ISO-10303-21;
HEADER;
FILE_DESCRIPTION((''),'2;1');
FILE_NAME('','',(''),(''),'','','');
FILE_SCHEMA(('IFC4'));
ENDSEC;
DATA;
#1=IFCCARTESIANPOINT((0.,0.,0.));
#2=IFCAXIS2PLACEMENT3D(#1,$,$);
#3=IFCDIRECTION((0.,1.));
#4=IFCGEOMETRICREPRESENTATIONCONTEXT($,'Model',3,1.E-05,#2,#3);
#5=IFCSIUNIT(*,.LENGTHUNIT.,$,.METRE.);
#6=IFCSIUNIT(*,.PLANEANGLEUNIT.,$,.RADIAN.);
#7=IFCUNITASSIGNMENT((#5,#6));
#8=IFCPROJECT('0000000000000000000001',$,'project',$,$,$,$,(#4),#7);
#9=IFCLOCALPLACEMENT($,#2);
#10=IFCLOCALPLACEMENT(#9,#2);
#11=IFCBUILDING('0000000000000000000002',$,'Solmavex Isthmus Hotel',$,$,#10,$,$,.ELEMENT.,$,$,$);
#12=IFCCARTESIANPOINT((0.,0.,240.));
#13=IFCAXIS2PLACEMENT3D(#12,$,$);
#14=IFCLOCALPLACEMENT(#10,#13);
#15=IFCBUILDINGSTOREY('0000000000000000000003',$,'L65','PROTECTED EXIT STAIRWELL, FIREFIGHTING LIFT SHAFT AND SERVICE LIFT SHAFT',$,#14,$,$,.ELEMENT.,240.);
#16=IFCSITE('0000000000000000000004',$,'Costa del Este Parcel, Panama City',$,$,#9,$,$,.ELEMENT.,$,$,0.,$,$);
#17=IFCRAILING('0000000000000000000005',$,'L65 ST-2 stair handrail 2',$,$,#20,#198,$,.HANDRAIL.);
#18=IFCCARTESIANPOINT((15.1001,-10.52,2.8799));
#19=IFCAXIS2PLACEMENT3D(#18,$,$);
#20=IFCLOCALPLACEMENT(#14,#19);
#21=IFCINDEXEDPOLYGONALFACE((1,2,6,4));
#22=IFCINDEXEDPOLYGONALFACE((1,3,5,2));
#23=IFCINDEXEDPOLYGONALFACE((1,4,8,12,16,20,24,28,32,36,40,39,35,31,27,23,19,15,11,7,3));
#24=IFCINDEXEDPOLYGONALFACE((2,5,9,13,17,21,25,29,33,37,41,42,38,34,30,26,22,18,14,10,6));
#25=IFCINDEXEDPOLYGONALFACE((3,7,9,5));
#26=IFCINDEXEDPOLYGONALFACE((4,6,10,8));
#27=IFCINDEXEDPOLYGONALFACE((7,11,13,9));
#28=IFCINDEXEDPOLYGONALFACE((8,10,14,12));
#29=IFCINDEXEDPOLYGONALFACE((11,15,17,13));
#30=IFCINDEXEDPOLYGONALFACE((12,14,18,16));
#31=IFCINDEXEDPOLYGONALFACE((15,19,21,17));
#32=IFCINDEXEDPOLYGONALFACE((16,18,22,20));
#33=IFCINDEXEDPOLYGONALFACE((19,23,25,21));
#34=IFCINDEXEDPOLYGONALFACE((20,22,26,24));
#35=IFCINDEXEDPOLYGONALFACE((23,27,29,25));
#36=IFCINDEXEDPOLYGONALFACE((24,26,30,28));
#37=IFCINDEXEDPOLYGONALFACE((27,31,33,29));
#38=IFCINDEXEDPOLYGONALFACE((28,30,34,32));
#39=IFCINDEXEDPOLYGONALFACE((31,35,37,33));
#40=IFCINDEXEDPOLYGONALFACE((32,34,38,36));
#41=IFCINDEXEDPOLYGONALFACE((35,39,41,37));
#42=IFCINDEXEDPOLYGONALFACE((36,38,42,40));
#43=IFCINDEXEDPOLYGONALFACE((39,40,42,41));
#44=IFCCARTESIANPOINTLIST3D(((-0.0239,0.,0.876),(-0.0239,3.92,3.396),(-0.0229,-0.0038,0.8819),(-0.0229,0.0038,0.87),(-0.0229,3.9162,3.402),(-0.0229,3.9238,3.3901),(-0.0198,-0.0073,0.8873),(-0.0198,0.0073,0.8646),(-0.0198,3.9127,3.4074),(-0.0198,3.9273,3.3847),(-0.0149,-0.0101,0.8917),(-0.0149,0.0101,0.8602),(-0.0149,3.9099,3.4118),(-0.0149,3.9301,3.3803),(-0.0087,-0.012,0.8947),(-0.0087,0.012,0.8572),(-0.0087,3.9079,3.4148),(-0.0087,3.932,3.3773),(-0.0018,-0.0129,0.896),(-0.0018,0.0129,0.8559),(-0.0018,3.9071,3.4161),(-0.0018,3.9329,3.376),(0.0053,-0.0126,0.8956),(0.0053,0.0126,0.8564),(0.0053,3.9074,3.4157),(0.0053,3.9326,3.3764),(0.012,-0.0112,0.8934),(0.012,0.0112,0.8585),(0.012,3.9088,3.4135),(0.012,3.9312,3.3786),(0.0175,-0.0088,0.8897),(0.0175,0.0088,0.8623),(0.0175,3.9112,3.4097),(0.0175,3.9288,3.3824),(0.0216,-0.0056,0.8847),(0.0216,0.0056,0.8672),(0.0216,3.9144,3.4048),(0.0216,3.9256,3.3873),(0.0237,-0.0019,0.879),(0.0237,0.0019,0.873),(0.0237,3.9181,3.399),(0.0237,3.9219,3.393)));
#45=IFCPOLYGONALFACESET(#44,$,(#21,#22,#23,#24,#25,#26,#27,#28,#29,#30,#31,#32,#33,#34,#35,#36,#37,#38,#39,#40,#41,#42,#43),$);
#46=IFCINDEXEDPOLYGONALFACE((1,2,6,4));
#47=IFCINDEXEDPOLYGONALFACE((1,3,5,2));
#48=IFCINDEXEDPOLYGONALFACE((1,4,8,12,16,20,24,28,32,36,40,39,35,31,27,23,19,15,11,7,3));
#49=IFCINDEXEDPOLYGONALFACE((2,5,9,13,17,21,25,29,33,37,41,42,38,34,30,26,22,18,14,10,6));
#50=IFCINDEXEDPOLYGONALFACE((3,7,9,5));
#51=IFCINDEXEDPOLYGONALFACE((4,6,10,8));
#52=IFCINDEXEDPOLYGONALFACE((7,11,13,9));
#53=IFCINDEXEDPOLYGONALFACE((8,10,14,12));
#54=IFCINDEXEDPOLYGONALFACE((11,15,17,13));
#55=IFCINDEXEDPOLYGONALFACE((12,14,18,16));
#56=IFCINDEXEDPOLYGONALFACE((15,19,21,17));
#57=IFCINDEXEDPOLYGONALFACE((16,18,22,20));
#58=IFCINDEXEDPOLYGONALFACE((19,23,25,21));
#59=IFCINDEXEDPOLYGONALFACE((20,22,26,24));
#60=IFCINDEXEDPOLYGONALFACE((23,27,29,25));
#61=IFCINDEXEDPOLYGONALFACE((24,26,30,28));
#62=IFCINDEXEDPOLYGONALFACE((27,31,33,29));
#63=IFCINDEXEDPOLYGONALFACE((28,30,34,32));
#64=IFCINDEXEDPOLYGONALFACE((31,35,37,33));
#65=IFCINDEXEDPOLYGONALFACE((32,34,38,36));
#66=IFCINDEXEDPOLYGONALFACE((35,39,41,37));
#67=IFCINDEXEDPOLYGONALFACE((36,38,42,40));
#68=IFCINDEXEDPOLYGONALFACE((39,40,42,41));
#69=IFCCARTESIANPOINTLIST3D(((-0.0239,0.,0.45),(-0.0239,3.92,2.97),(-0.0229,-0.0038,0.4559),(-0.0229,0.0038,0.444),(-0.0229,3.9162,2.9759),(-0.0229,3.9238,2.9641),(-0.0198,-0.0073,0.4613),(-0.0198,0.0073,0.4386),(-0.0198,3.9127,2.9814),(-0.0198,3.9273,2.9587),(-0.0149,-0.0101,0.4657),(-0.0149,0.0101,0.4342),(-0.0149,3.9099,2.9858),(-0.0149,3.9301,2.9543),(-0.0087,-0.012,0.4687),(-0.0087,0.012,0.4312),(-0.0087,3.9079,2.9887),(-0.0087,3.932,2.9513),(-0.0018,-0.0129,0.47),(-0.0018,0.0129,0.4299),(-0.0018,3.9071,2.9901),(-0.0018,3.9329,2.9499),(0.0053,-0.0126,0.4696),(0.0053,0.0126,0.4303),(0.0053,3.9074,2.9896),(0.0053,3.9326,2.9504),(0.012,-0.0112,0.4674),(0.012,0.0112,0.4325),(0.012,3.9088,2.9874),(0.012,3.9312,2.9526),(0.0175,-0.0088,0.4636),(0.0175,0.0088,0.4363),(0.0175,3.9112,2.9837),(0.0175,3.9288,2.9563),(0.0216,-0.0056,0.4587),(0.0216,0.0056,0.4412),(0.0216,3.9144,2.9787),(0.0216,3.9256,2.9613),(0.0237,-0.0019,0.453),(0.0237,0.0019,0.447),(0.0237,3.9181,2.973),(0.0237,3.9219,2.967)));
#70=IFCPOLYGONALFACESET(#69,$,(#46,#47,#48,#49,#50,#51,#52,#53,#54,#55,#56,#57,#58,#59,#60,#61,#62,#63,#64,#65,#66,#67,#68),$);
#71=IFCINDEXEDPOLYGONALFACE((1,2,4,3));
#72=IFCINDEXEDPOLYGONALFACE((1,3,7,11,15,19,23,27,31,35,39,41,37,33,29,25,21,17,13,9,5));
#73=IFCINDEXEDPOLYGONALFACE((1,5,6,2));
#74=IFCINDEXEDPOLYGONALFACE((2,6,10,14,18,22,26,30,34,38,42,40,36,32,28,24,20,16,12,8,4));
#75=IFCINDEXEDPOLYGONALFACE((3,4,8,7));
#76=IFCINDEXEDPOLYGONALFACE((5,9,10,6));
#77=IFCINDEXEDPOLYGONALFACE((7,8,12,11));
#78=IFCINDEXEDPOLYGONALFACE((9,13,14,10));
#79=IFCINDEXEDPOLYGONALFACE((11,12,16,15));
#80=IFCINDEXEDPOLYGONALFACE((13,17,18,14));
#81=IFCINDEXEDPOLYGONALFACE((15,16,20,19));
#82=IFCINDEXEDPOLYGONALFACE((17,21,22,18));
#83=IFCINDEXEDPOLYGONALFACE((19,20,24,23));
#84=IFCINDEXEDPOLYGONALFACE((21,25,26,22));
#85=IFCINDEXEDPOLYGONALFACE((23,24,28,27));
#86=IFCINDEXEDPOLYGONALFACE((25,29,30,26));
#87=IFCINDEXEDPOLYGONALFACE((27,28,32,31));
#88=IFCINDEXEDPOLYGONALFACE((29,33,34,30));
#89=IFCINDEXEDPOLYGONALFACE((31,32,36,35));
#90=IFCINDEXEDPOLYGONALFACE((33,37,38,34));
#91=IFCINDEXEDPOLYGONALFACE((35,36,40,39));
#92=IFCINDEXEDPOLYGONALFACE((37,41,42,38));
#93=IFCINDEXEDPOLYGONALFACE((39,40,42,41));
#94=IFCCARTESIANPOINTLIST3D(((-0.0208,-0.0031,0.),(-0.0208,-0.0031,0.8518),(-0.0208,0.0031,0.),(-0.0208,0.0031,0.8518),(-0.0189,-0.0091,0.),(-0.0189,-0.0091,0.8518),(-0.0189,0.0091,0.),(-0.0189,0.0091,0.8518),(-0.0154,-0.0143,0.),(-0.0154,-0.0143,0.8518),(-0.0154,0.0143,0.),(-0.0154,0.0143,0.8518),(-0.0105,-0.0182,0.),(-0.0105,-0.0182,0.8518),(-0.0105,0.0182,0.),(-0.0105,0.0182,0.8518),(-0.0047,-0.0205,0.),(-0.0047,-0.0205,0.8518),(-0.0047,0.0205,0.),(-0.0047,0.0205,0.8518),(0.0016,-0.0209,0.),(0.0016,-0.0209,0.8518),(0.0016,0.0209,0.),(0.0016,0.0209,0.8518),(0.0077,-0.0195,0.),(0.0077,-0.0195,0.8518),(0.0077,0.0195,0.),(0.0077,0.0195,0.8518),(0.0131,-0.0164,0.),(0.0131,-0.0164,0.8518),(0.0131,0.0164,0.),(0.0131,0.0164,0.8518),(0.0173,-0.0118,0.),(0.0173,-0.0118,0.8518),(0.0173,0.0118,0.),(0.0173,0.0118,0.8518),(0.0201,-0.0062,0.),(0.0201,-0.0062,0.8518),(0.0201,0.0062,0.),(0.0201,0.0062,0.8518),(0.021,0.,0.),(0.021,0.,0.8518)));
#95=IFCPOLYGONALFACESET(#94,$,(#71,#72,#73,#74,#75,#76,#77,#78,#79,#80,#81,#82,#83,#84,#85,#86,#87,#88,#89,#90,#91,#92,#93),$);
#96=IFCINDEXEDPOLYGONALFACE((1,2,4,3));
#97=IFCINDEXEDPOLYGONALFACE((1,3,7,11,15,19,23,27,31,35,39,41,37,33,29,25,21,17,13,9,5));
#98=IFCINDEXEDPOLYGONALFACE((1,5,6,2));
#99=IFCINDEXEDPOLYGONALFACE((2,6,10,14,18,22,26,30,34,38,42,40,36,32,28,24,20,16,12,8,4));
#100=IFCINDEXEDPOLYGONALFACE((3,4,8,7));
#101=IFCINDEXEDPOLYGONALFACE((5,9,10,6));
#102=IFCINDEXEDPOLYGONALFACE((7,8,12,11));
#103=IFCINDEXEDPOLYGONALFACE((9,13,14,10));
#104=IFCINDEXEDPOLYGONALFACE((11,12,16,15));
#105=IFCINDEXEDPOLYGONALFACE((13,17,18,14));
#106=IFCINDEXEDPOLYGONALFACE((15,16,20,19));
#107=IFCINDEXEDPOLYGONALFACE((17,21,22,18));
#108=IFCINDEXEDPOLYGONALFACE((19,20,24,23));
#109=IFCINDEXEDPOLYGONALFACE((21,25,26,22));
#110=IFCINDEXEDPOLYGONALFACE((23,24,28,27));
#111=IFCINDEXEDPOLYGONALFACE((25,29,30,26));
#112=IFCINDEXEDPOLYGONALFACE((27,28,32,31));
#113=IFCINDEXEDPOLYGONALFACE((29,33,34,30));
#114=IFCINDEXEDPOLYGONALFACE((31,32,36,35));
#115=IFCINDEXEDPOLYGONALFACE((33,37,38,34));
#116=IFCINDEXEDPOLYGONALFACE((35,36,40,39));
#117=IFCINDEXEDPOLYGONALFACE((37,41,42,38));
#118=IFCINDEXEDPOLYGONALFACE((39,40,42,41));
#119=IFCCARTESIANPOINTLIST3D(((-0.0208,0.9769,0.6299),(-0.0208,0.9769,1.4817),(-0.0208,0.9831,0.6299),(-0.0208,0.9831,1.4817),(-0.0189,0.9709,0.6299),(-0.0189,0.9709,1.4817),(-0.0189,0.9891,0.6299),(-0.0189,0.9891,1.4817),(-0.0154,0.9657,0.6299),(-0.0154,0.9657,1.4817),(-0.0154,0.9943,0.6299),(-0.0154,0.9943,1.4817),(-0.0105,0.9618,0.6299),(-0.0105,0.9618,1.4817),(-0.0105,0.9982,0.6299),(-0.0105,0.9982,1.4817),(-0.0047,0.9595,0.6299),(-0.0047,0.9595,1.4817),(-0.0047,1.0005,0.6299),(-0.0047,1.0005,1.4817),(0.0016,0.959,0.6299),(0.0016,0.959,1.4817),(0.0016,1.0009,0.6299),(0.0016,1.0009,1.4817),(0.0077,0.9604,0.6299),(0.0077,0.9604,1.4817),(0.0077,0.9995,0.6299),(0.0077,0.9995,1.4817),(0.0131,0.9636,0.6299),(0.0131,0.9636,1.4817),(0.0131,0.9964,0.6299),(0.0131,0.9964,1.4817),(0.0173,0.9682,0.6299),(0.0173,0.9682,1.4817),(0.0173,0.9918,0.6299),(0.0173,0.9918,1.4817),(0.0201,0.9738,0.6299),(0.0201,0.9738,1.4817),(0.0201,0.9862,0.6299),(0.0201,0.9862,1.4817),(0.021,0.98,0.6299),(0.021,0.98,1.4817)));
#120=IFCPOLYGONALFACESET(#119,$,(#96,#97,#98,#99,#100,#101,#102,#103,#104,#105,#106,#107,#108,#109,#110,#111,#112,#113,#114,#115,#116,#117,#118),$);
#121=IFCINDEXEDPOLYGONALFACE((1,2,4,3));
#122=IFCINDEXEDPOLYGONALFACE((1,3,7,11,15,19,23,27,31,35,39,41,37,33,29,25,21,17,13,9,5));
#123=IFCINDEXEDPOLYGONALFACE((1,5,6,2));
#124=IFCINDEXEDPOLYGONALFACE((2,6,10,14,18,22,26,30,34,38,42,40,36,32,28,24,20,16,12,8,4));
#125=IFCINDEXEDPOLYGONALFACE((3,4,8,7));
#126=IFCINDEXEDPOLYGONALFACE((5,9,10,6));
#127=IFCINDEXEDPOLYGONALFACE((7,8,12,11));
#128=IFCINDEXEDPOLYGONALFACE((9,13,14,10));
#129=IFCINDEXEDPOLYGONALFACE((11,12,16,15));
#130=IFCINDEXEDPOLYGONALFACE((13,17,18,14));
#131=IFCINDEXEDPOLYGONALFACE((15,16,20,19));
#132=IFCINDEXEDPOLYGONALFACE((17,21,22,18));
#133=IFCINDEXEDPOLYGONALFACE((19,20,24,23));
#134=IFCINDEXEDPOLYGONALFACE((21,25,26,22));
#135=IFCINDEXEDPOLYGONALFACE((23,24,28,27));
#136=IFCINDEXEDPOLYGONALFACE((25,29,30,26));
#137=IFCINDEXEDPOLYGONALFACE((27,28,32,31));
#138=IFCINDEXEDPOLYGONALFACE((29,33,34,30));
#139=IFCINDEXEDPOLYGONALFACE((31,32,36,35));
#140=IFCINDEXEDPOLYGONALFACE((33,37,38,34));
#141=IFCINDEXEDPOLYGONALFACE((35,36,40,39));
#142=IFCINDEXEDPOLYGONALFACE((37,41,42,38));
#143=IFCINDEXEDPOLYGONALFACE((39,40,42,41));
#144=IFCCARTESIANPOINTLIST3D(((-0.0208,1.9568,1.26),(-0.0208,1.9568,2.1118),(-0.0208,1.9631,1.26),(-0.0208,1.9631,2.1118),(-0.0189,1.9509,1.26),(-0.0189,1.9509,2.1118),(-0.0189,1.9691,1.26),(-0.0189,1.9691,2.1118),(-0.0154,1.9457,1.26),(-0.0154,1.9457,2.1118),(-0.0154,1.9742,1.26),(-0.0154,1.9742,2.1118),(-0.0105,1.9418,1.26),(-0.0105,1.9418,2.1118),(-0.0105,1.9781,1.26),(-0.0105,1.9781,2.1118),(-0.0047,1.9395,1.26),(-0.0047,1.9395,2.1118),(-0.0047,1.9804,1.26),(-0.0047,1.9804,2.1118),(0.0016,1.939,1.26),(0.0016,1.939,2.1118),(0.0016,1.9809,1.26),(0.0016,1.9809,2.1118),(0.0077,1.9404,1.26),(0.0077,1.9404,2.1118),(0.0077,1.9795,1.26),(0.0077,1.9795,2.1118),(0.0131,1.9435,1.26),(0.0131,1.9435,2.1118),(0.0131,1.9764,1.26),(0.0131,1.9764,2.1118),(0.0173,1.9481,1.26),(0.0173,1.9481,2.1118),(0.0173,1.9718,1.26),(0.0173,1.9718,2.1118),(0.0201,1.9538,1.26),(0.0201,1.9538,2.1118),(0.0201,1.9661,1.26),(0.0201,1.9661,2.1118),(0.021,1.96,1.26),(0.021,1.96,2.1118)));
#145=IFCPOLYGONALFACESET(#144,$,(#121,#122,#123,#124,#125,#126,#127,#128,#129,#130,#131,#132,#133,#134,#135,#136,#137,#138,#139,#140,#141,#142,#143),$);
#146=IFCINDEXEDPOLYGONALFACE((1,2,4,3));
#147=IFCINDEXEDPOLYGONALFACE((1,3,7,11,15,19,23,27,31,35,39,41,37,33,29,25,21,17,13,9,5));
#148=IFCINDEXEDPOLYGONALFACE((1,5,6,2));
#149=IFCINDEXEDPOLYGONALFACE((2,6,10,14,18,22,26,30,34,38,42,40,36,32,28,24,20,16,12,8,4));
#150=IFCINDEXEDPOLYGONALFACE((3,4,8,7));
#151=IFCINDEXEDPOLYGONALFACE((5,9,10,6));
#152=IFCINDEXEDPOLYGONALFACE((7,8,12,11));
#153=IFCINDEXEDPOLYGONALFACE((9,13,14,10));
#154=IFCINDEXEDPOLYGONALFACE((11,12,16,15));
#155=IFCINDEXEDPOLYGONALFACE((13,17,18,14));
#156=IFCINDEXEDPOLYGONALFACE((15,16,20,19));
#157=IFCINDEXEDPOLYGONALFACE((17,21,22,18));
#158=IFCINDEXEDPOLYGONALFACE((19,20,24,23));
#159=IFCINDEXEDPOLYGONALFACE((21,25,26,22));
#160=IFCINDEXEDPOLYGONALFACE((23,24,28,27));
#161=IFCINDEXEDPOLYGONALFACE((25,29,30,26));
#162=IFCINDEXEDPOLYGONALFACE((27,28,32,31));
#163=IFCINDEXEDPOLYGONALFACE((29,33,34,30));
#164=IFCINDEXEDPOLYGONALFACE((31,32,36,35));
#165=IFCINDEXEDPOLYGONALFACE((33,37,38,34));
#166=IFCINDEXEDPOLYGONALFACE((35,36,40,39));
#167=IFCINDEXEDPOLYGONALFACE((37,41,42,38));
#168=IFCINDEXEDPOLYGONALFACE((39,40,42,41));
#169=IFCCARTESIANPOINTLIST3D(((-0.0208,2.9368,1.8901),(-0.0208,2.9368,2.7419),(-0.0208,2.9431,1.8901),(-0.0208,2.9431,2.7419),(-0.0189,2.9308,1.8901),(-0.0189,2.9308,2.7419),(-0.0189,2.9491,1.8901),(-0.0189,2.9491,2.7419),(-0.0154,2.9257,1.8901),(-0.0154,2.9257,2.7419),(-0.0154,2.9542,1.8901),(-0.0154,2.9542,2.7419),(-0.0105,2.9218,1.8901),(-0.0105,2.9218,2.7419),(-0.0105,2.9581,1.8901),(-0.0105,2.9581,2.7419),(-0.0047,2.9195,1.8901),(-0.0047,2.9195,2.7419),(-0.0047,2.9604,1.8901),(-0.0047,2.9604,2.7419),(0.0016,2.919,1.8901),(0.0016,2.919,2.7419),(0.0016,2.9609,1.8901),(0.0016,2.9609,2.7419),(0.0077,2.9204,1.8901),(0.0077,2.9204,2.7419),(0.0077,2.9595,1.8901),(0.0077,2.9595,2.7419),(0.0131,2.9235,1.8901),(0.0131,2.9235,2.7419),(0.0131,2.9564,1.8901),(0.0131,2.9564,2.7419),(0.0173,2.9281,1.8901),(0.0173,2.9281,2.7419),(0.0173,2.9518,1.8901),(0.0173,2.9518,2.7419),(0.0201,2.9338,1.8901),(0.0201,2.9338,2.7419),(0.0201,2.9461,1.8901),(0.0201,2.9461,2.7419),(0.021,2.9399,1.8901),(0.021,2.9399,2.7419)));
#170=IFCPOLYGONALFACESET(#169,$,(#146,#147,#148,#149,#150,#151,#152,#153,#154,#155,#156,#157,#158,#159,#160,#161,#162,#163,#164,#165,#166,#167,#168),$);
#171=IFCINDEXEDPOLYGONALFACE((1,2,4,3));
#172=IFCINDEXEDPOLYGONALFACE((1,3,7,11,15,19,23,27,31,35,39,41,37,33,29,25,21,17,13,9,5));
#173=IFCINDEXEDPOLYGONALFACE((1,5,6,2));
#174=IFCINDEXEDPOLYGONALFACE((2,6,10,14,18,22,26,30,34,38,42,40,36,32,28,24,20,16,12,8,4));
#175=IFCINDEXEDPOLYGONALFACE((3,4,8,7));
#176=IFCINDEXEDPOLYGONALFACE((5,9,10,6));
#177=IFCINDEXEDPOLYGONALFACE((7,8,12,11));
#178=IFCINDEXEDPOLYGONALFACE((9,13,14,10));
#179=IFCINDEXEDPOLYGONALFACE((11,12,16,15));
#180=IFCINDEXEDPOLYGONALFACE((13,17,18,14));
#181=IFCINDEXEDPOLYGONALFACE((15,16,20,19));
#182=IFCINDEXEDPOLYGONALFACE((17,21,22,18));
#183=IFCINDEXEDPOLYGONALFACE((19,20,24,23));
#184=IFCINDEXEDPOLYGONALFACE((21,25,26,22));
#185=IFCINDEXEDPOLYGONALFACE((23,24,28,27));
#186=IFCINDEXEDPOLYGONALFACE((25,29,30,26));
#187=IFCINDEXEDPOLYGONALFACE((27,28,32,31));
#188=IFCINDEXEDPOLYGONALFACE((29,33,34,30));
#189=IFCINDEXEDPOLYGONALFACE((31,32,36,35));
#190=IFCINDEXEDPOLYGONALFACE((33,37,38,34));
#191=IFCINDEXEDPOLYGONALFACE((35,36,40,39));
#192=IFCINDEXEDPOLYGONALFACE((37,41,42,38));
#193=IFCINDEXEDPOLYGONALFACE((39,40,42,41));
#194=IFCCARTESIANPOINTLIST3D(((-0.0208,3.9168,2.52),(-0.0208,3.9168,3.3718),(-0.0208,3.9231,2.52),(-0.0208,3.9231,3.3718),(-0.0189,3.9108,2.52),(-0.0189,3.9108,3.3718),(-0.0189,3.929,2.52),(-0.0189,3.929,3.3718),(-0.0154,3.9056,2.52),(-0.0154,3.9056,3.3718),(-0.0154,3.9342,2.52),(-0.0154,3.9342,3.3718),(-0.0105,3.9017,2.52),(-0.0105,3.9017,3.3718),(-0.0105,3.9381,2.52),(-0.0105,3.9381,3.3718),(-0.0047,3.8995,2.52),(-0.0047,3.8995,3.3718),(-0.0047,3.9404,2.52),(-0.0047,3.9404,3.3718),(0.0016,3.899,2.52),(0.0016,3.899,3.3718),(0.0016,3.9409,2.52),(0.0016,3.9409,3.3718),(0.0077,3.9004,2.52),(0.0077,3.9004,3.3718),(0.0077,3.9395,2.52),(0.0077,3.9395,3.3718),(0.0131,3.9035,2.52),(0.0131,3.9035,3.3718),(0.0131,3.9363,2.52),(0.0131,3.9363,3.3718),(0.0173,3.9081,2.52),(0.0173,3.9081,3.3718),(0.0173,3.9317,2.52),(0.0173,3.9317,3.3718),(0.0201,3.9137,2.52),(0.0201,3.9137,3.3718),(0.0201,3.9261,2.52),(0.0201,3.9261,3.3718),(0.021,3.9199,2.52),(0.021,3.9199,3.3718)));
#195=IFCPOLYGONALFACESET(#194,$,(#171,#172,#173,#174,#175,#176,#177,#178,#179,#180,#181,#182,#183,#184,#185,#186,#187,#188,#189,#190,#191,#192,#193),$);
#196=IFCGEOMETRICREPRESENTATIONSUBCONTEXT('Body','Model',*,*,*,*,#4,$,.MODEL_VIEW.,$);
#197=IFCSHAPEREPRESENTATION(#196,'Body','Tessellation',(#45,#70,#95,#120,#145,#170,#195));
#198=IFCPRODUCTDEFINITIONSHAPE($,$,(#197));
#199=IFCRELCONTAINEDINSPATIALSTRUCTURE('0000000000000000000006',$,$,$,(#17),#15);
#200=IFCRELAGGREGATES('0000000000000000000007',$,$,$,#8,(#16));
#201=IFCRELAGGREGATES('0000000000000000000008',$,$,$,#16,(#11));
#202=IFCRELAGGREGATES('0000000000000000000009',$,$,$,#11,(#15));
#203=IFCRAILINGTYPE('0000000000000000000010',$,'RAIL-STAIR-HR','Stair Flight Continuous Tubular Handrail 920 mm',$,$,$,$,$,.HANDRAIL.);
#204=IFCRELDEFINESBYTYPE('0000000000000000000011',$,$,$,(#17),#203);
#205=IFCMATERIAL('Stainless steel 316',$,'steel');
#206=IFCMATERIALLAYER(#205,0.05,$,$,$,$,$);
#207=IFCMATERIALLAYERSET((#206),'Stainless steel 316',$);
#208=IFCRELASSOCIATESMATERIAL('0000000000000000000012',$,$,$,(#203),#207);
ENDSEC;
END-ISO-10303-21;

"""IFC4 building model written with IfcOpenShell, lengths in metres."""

from ifc_helpers import new_model, si_unit, direction, frame, origin, origin_2d, place, context, subcontext, project, spatial, circle, extrude, material, layer, layer_set, type_object, element, save


model = new_model("IFC4")

# Units and contexts
model_context = context("Model", 3, precision=1e-05, world=origin(), true_north=direction((0.0, 1.0)))
body_context = subcontext(model_context, "Body", "Model", "MODEL_VIEW")
ifc_project = project(units=[si_unit("LENGTHUNIT", "METRE"), si_unit("PLANEANGLEUNIT", "RADIAN")], contexts=[model_context])

# Site, building, storey
site_placement = place(None, origin())
site = spatial("IfcSite", under=ifc_project, at=site_placement, Name="Costa del Este Parcel, Panama City", CompositionType="ELEMENT", RefElevation=0.0)
building_placement = place(site_placement, origin())
building = spatial("IfcBuilding", under=site, at=building_placement, Name="Solmavex Isthmus Hotel", CompositionType="ELEMENT")
storey_placement = place(building_placement, frame((0.0, 0.0, 240.0)))
storey = spatial("IfcBuildingStorey", under=building, at=storey_placement, Name="L65", Description="PROTECTED EXIT STAIRWELL, FIREFIGHTING LIFT SHAFT AND SERVICE LIFT SHAFT", CompositionType="ELEMENT", Elevation=240.0)

# Railing
ifc_material_1 = material(Name="Stainless steel 316", Category="steel")
ifc_layer_1 = layer(ifc_material_1, 0.05)
ifc_layer_set_1 = layer_set([ifc_layer_1], Name="Stainless steel 316")
railing_type_1 = type_object("IfcRailingType", Name="RAIL-STAIR-HR", Description="Stair Flight Continuous Tubular Handrail 920 mm", PredefinedType="HANDRAIL", material=ifc_layer_set_1)
railing_1_placement = place(storey_placement, frame((15.1001, -10.52, 2.8799)))
element("IfcRailing", 1, at=railing_1_placement, inside=storey, type_object=railing_type_1, Name="L65 ST-2 stair handrail 2", PredefinedType="HANDRAIL", context=body_context, shape_type="SweptSolid", body=[
    extrude(circle(Radius=0.0239, at=origin_2d()), frame((0.0, 0.0, 0.876), z_axis=(0.0, 0.841172, 0.540768), x_axis=(-1.0, 0.0, 0.0)), (0.0, 0.0, 1.0), 4.6602),
    extrude(circle(Radius=0.0239, at=origin_2d()), frame((0.0, 0.0, 0.45), z_axis=(0.0, 0.841172, 0.540768), x_axis=(-1.0, 0.0, 0.0)), (0.0, 0.0, 1.0), 4.6602),
    extrude(circle(Radius=0.021, at=origin_2d()), origin(), (0.0, 0.0, 1.0), 0.8518),
    extrude(circle(Radius=0.021, at=origin_2d()), frame((0.0, 0.98, 0.6299)), (0.0, 0.0, 1.0), 0.8518),
    extrude(circle(Radius=0.021, at=origin_2d()), frame((0.0, 1.96, 1.26)), (0.0, 0.0, 1.0), 0.8518),
    extrude(circle(Radius=0.021, at=origin_2d()), frame((0.0, 2.9399, 1.8901)), (0.0, 0.0, 1.0), 0.8518),
    extrude(circle(Radius=0.021, at=origin_2d()), frame((0.0, 3.9199, 2.52)), (0.0, 0.0, 1.0), 0.8518),
])

save(model, "model.ifc")
